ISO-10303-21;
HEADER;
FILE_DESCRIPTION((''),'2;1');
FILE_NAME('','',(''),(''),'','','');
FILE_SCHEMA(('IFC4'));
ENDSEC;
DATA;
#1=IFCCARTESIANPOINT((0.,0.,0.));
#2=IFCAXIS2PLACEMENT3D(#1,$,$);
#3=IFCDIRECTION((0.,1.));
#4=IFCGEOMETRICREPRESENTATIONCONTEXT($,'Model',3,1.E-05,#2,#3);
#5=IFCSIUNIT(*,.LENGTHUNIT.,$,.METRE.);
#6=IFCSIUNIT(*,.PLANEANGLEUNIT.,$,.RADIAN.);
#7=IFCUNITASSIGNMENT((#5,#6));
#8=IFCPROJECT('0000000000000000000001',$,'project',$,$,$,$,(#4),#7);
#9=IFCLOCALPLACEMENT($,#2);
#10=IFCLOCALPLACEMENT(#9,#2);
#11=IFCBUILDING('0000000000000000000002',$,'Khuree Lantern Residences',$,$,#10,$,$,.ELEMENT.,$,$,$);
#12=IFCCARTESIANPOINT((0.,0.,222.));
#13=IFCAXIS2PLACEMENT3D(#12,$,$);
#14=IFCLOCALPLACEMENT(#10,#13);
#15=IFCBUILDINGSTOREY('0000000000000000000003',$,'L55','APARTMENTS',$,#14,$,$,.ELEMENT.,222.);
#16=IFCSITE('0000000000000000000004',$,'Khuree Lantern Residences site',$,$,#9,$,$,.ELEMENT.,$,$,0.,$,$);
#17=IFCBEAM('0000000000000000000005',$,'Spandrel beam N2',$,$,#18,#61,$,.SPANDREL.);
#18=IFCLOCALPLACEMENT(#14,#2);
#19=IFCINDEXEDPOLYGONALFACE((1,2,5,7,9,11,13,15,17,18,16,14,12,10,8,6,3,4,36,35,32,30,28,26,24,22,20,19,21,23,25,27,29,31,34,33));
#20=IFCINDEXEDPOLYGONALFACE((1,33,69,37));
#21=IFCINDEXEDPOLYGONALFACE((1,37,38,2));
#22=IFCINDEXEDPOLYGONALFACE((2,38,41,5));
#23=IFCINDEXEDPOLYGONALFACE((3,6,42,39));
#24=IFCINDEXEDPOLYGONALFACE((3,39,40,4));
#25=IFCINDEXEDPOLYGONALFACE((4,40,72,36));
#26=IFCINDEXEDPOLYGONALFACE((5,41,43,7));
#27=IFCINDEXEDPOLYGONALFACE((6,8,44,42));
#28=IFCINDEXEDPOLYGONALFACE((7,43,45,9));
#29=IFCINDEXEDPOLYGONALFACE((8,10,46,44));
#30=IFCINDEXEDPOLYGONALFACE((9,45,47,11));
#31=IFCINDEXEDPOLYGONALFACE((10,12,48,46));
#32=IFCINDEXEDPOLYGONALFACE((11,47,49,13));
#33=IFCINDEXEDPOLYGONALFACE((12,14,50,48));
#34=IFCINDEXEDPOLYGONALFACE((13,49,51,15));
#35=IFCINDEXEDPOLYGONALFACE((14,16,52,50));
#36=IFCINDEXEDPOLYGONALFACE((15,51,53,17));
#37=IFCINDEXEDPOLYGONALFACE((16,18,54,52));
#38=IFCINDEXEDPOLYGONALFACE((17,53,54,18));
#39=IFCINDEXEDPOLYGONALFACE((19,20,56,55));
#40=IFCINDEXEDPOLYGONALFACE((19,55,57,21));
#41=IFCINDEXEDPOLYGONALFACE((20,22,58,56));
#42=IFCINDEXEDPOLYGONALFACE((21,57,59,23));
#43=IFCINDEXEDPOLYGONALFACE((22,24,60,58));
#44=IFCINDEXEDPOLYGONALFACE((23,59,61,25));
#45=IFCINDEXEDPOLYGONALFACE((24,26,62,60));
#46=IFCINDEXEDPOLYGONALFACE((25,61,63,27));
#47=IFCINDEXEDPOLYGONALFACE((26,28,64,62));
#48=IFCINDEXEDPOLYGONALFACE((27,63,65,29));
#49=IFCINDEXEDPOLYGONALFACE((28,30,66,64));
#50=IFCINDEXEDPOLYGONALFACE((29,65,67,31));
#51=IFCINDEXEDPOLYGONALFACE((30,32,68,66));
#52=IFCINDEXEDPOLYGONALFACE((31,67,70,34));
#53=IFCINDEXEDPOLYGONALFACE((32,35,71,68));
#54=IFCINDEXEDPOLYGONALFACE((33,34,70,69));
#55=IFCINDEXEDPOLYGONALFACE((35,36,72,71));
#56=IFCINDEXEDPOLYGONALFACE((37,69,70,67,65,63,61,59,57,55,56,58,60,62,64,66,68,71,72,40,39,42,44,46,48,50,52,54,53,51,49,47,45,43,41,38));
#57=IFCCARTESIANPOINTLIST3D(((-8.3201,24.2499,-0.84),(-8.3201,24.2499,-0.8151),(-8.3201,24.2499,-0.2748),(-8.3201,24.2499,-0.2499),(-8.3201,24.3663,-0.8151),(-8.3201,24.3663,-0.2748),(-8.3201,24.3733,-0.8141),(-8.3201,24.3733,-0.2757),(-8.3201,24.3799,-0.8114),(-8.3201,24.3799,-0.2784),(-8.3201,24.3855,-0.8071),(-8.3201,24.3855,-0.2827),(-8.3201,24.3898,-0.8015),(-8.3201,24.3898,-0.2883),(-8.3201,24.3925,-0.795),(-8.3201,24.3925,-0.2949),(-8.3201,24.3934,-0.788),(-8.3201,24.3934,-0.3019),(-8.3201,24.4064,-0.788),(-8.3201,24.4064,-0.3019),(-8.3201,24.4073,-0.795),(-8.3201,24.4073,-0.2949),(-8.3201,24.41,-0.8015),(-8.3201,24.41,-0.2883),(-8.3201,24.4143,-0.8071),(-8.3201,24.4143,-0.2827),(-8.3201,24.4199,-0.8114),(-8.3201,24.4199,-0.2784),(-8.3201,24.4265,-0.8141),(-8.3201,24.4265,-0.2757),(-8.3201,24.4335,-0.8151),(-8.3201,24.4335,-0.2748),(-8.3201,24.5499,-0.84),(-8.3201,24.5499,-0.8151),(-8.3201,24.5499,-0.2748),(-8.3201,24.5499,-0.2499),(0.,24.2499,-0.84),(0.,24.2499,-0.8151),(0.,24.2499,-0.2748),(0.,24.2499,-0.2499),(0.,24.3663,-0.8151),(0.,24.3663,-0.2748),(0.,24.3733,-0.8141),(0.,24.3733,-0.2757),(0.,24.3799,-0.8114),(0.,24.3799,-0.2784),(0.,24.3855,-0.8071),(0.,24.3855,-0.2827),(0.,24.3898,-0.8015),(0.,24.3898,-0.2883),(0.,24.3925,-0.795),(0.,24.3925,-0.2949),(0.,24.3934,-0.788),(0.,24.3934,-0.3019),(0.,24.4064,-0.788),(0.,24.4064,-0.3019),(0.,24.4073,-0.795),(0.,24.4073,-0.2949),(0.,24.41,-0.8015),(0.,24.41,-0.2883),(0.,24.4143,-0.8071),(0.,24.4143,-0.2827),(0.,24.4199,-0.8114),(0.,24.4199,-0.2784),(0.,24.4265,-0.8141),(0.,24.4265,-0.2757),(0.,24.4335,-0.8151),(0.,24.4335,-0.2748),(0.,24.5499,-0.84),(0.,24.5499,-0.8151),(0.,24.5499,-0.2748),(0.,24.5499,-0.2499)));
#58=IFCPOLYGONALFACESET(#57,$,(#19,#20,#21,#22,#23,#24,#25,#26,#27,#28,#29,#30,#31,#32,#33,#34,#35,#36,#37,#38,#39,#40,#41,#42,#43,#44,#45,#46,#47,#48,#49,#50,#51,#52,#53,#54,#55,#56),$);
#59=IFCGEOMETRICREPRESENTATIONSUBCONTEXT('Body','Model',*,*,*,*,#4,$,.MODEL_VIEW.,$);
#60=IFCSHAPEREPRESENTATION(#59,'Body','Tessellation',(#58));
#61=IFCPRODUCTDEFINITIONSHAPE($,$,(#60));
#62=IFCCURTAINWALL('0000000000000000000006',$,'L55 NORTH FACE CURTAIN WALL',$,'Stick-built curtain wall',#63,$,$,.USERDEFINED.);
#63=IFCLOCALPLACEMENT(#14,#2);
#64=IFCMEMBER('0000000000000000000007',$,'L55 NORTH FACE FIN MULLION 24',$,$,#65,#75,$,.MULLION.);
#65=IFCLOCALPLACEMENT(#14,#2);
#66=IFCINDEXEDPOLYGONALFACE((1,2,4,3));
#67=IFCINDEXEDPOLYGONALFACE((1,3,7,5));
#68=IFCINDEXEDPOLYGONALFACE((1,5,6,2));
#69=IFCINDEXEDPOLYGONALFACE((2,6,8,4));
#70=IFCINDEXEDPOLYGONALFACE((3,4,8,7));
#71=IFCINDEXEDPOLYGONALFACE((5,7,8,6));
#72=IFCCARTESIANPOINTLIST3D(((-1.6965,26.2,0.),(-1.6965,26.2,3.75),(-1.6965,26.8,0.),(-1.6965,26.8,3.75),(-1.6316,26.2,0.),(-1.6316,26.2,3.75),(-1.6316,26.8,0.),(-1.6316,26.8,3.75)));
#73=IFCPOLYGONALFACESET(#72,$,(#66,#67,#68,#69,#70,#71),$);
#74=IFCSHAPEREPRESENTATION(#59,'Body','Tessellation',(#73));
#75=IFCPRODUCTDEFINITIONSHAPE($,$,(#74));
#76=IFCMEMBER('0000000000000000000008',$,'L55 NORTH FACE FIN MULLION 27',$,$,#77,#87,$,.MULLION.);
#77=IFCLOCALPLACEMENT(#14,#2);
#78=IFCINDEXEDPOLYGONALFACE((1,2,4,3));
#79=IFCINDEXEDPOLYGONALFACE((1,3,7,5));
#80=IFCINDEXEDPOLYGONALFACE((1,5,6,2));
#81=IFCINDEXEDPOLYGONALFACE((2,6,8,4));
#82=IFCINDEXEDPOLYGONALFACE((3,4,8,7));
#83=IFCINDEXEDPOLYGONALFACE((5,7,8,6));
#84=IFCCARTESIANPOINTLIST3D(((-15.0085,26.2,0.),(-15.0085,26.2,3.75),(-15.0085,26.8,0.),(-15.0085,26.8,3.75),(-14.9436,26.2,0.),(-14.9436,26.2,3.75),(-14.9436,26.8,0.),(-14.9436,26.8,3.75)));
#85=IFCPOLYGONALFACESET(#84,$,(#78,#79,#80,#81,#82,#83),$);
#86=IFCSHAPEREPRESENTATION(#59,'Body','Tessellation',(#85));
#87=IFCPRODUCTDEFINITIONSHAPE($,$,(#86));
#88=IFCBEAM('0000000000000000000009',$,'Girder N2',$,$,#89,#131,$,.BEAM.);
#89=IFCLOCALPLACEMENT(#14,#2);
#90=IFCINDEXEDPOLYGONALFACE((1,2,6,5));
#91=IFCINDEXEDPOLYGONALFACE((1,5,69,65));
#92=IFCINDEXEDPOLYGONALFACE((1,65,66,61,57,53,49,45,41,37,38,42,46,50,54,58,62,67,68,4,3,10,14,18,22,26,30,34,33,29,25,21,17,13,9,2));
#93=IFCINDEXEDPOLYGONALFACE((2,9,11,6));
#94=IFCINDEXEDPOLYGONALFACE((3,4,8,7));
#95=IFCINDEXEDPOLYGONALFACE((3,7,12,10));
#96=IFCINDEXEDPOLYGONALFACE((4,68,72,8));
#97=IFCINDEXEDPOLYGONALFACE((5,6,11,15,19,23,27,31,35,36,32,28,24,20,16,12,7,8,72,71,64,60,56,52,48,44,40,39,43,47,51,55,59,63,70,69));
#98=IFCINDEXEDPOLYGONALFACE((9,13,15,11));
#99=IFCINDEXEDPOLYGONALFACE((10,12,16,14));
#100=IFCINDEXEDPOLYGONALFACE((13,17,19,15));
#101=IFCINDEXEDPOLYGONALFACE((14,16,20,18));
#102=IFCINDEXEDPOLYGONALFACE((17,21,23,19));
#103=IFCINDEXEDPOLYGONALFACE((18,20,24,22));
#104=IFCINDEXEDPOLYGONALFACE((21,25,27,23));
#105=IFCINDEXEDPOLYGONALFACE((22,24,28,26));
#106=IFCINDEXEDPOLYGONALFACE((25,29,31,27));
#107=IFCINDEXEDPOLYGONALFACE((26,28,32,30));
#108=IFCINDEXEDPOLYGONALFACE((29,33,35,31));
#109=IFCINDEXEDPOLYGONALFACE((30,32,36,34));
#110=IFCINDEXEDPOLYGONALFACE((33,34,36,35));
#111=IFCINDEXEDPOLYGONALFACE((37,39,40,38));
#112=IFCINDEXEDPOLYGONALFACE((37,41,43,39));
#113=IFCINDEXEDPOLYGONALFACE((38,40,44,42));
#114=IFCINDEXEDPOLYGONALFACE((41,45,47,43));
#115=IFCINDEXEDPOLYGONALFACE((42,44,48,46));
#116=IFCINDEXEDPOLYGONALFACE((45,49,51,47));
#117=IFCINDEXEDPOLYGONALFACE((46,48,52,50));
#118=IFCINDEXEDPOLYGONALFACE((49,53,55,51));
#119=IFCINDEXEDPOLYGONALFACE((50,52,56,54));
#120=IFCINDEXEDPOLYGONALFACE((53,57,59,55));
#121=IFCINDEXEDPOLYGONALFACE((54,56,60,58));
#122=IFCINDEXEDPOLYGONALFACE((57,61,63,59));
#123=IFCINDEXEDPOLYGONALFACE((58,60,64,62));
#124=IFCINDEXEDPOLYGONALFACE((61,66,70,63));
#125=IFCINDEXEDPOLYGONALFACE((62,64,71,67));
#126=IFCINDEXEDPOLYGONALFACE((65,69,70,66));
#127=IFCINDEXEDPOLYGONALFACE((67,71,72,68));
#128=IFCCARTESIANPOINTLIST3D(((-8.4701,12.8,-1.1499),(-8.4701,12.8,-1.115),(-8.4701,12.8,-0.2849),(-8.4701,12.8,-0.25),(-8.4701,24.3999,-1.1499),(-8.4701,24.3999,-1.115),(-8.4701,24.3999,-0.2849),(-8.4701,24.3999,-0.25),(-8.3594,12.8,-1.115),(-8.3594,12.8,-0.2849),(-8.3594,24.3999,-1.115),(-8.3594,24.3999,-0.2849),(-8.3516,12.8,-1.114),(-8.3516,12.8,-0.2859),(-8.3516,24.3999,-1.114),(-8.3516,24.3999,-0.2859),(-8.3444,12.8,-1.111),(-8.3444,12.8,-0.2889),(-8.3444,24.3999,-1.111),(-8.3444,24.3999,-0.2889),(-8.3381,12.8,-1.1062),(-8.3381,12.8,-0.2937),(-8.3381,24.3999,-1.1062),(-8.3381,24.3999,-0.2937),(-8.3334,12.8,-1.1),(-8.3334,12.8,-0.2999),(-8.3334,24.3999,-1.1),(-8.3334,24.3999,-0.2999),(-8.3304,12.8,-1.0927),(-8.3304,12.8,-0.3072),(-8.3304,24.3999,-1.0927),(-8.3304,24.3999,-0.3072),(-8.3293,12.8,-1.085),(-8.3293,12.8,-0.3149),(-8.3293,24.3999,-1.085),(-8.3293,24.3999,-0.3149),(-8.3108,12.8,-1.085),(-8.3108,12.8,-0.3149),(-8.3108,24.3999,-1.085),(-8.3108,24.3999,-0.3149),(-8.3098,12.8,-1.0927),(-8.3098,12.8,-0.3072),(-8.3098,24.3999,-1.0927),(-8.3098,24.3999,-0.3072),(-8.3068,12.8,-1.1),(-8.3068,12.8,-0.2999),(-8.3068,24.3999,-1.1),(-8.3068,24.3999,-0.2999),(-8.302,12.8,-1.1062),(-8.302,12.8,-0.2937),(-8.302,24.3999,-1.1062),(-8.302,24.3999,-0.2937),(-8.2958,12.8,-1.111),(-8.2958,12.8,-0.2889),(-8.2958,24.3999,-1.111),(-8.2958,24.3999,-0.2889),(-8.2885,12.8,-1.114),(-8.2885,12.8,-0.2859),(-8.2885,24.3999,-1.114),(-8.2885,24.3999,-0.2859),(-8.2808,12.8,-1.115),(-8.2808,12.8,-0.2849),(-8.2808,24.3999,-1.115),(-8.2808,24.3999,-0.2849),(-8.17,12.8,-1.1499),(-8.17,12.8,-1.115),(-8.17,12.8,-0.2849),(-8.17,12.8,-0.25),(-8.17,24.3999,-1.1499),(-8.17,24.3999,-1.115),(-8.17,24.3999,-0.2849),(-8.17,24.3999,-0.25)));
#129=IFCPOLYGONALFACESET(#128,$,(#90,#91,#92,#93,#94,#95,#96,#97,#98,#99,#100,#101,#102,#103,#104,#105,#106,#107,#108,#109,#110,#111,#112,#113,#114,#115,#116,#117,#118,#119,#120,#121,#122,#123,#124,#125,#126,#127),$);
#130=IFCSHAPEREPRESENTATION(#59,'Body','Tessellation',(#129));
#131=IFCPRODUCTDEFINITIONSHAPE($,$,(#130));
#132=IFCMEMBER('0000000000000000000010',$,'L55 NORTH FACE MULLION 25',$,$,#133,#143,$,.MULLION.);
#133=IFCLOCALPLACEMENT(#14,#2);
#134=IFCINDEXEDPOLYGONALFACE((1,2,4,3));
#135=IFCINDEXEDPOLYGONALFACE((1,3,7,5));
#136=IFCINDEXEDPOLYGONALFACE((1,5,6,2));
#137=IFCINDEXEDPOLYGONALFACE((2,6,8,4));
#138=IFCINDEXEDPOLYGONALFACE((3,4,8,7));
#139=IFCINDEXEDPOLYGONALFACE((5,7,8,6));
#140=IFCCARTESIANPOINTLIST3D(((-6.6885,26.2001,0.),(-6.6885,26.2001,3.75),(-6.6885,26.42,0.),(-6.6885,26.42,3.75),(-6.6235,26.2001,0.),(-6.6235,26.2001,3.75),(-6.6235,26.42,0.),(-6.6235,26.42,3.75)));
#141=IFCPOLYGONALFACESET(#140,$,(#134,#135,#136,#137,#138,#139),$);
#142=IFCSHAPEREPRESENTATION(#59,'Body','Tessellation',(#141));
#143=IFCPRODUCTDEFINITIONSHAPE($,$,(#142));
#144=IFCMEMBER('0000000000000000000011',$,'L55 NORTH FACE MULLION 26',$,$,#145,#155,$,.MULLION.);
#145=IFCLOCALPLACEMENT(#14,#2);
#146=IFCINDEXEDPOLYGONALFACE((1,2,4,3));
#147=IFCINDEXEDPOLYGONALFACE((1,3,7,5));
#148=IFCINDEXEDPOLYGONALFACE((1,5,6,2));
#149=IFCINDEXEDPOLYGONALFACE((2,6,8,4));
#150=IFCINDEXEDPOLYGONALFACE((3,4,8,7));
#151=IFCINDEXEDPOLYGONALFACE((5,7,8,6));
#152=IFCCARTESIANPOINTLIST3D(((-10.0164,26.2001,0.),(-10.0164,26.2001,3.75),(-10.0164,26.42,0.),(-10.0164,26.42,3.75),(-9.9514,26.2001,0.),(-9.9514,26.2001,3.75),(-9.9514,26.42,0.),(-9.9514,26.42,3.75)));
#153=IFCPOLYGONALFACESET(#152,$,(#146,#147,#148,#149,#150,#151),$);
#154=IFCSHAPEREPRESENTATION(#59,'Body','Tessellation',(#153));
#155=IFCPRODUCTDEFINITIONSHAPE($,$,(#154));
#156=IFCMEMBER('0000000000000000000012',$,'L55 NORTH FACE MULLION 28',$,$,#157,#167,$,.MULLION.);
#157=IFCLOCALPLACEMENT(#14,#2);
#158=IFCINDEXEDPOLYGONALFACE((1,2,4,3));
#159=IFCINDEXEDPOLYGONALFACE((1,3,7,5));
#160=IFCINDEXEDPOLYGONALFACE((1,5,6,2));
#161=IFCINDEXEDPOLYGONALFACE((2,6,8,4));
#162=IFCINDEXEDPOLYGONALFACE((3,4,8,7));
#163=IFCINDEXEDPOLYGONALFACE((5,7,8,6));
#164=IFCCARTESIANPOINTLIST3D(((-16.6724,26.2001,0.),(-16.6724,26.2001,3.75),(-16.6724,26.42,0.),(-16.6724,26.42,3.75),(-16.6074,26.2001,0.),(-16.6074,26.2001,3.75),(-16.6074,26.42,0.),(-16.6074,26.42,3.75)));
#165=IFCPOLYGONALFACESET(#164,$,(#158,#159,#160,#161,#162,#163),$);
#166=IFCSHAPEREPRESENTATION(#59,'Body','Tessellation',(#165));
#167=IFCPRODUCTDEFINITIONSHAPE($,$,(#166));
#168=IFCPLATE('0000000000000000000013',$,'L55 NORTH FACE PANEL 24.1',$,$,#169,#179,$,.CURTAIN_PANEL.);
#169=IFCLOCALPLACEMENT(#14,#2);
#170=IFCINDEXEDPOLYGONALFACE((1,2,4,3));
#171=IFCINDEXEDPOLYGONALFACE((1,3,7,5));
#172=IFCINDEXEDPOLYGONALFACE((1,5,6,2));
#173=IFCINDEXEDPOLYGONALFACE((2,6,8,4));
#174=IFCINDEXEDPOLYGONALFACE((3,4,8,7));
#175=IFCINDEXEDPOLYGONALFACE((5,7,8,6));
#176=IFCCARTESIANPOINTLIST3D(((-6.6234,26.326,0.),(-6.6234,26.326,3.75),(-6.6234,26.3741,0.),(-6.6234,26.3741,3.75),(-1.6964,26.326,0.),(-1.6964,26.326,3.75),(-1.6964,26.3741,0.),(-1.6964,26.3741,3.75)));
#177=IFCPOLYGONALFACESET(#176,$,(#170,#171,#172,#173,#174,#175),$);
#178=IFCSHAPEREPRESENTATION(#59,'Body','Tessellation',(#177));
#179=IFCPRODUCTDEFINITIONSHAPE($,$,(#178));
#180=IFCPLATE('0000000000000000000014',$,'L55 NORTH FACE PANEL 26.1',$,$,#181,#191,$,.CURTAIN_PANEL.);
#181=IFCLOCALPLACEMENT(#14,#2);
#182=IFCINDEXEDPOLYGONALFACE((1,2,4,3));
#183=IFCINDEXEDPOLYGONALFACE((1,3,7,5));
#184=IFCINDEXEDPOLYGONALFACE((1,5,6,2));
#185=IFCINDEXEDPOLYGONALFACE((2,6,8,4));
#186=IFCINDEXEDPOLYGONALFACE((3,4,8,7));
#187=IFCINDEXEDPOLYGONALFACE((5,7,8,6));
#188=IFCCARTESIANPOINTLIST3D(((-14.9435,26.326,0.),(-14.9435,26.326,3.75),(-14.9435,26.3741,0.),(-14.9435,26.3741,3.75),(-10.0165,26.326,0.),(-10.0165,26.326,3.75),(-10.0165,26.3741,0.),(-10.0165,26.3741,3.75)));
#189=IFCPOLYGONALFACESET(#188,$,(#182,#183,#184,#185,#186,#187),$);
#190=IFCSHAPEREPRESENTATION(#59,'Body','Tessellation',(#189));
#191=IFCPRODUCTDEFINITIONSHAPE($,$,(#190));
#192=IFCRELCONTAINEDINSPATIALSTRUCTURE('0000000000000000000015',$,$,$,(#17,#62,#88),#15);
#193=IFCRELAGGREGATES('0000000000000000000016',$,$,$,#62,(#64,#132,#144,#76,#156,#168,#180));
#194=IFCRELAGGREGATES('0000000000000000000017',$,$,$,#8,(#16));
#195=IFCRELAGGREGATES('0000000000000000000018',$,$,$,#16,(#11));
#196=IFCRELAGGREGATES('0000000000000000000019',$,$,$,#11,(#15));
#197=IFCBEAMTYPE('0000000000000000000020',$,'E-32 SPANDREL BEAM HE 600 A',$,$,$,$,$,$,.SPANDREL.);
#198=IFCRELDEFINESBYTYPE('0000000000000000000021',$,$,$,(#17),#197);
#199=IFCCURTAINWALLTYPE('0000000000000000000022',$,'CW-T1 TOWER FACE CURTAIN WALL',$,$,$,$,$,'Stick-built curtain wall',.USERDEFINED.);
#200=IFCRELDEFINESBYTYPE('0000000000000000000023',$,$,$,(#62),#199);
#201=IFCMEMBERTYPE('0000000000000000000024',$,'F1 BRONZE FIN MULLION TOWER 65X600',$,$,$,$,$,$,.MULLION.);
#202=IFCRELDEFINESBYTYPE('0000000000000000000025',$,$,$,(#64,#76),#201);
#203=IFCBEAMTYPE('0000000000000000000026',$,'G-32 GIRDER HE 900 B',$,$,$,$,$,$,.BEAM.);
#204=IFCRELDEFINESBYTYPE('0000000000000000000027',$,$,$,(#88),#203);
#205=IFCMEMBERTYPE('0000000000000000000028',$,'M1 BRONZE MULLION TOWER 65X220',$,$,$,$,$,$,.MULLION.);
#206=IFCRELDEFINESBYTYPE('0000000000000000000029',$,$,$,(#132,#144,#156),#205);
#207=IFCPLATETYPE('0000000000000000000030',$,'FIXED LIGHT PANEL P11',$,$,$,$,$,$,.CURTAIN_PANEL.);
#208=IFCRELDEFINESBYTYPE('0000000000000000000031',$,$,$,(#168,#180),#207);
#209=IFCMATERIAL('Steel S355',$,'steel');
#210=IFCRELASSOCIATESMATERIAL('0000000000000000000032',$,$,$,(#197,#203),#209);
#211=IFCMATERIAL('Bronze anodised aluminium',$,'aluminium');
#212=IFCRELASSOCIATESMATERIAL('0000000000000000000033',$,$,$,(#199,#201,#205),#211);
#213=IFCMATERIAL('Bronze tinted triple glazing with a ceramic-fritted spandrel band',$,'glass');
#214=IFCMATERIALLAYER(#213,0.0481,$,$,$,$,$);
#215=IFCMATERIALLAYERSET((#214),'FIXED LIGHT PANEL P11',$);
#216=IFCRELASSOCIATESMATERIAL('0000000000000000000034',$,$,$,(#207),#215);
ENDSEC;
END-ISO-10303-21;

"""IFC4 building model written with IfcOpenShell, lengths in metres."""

from ifc_helpers import new_model, si_unit, direction, frame, origin, origin_2d, place, context, subcontext, project, spatial, rectangle, i_section, extrude, material, layer, layer_set, material_profile, profile_set, type_object, element, aggregate, save


model = new_model("IFC4")

# Units and contexts
model_context = context("Model", 3, precision=1e-05, world=origin(), true_north=direction((0.0, 1.0)))
body_context = subcontext(model_context, "Body", "Model", "MODEL_VIEW")
ifc_project = project(units=[si_unit("LENGTHUNIT", "METRE"), si_unit("PLANEANGLEUNIT", "RADIAN")], contexts=[model_context])

# Site, building, storey
site_placement = place(None, origin())
site = spatial("IfcSite", under=ifc_project, at=site_placement, Name="Khuree Lantern Residences site", CompositionType="ELEMENT", RefElevation=0.0)
building_placement = place(site_placement, origin())
building = spatial("IfcBuilding", under=site, at=building_placement, Name="Khuree Lantern Residences", CompositionType="ELEMENT")
storey_placement = place(building_placement, frame((0.0, 0.0, 222.0)))
storey = spatial("IfcBuildingStorey", under=building, at=storey_placement, Name="L55", Description="APARTMENTS", CompositionType="ELEMENT", Elevation=222.0)

# Beam
ifc_material_1 = material(Name="Steel S355", Category="steel")
ifc_material_profile_1 = material_profile(ifc_material_1, i_section(OverallWidth=0.3, OverallDepth=0.5901, WebThickness=0.0129, FlangeThickness=0.0249, FilletRadius=0.0271, at=origin_2d()), Name="HE 600 A")
ifc_profile_set_1 = profile_set([ifc_material_profile_1], Name="Steel S355")
beam_type_1 = type_object("IfcBeamType", Name="E-32 SPANDREL BEAM HE 600 A", PredefinedType="SPANDREL", material=ifc_profile_set_1)
beam_1_placement = place(storey_placement, frame((-8.3201, 24.3999, -0.5449), z_axis=(1.0, 0.0, 0.0), x_axis=(0.0, 1.0, 0.0)))
element("IfcBeam", 1, at=beam_1_placement, inside=storey, type_object=beam_type_1, Name="Spandrel beam N2", PredefinedType="SPANDREL", context=body_context, shape_type="SweptSolid", body=[
    extrude(i_section(OverallWidth=0.3, OverallDepth=0.5901, WebThickness=0.0129, FlangeThickness=0.0249, FilletRadius=0.0271, at=origin_2d()), origin(), (0.0, 0.0, 1.0), 8.3201),
])

# Curtain wall, members
ifc_material_2 = material(Name="Bronze anodised aluminium", Category="aluminium")
curtain_wall_type = type_object("IfcCurtainWallType", Name="CW-T1 TOWER FACE CURTAIN WALL", ElementType="Stick-built curtain wall", PredefinedType="USERDEFINED", material=ifc_material_2)
curtain_wall_placement = place(storey_placement, origin())
curtain_wall = element("IfcCurtainWall", 2, at=curtain_wall_placement, inside=storey, type_object=curtain_wall_type, Name="L55 NORTH FACE CURTAIN WALL", ObjectType="Stick-built curtain wall", PredefinedType="USERDEFINED")
ifc_material_profile_2 = material_profile(ifc_material_2, rectangle(XDim=0.0649, YDim=0.6001, at=origin_2d()), Name="F1 65X600")
ifc_profile_set_2 = profile_set([ifc_material_profile_2], Name="Bronze anodised aluminium")
member_type_1 = type_object("IfcMemberType", Name="F1 BRONZE FIN MULLION TOWER 65X600", PredefinedType="MULLION", material=ifc_profile_set_2)
member_1_placement = place(storey_placement, frame((-1.6641, 26.5, 0.0), z_axis=(0.0, 0.0, 1.0), x_axis=(-1.0, 0.0, 0.0)))
member_1 = element("IfcMember", 3, at=member_1_placement, type_object=member_type_1, Name="L55 NORTH FACE FIN MULLION 24", PredefinedType="MULLION", context=body_context, shape_type="SweptSolid", body=[
    extrude(rectangle(XDim=0.0649, YDim=0.6001, at=origin_2d()), origin(), (0.0, 0.0, 1.0), 3.75),
])
member_2_placement = place(storey_placement, frame((-14.9761, 26.5, 0.0), z_axis=(0.0, 0.0, 1.0), x_axis=(-1.0, 0.0, 0.0)))
member_2 = element("IfcMember", 4, at=member_2_placement, type_object=member_type_1, Name="L55 NORTH FACE FIN MULLION 27", PredefinedType="MULLION", context=body_context, shape_type="SweptSolid", body=[
    extrude(rectangle(XDim=0.0649, YDim=0.6001, at=origin_2d()), origin(), (0.0, 0.0, 1.0), 3.75),
])

# Beam
ifc_material_profile_3 = material_profile(ifc_material_1, i_section(OverallWidth=0.3, OverallDepth=0.8999, WebThickness=0.0186, FlangeThickness=0.0349, FilletRadius=0.03, at=origin_2d()), Name="HE 900 B")
ifc_profile_set_3 = profile_set([ifc_material_profile_3], Name="Steel S355")
beam_type_2 = type_object("IfcBeamType", Name="G-32 GIRDER HE 900 B", PredefinedType="BEAM", material=ifc_profile_set_3)
beam_2_placement = place(storey_placement, frame((-8.3201, 24.3999, -0.7), z_axis=(0.0, -1.0, 0.0), x_axis=(1.0, 0.0, 0.0)))
element("IfcBeam", 5, at=beam_2_placement, inside=storey, type_object=beam_type_2, Name="Girder N2", PredefinedType="BEAM", context=body_context, shape_type="SweptSolid", body=[
    extrude(i_section(OverallWidth=0.3, OverallDepth=0.8999, WebThickness=0.0186, FlangeThickness=0.0349, FilletRadius=0.03, at=origin_2d()), origin(), (0.0, 0.0, 1.0), 11.5999),
])

# Members
ifc_material_profile_4 = material_profile(ifc_material_2, rectangle(XDim=0.0649, YDim=0.22, at=origin_2d()), Name="M1 65X220")
ifc_profile_set_4 = profile_set([ifc_material_profile_4], Name="Bronze anodised aluminium")
member_type_2 = type_object("IfcMemberType", Name="M1 BRONZE MULLION TOWER 65X220", PredefinedType="MULLION", material=ifc_profile_set_4)
member_3_placement = place(storey_placement, frame((-6.656, 26.3101, 0.0), z_axis=(0.0, 0.0, 1.0), x_axis=(-1.0, 0.0, 0.0)))
member_3 = element("IfcMember", 6, at=member_3_placement, type_object=member_type_2, Name="L55 NORTH FACE MULLION 25", PredefinedType="MULLION", context=body_context, shape_type="SweptSolid", body=[
    extrude(rectangle(XDim=0.0649, YDim=0.22, at=origin_2d()), origin(), (0.0, 0.0, 1.0), 3.75),
])
member_4_placement = place(storey_placement, frame((-9.9839, 26.3101, 0.0), z_axis=(0.0, 0.0, 1.0), x_axis=(-1.0, 0.0, 0.0)))
member_4 = element("IfcMember", 7, at=member_4_placement, type_object=member_type_2, Name="L55 NORTH FACE MULLION 26", PredefinedType="MULLION", context=body_context, shape_type="SweptSolid", body=[
    extrude(rectangle(XDim=0.0649, YDim=0.22, at=origin_2d()), origin(), (0.0, 0.0, 1.0), 3.75),
])
member_5_placement = place(storey_placement, frame((-16.6399, 26.3101, 0.0), z_axis=(0.0, 0.0, 1.0), x_axis=(-1.0, 0.0, 0.0)))
member_5 = element("IfcMember", 8, at=member_5_placement, type_object=member_type_2, Name="L55 NORTH FACE MULLION 28", PredefinedType="MULLION", context=body_context, shape_type="SweptSolid", body=[
    extrude(rectangle(XDim=0.0649, YDim=0.22, at=origin_2d()), origin(), (0.0, 0.0, 1.0), 3.75),
])

# Plates
ifc_material_3 = material(Name="Bronze tinted triple glazing with a ceramic-fritted spandrel band", Category="glass")
ifc_layer_1 = layer(ifc_material_3, 0.0481)
ifc_layer_set_1 = layer_set([ifc_layer_1], Name="FIXED LIGHT PANEL P11")
plate_type_1 = type_object("IfcPlateType", Name="FIXED LIGHT PANEL P11", PredefinedType="CURTAIN_PANEL", material=ifc_layer_set_1)
plate_1_placement = place(storey_placement, frame((-4.1599, 26.3501, 0.0), z_axis=(0.0, 0.0, 1.0), x_axis=(-1.0, 0.0, 0.0)))
plate_1 = element("IfcPlate", 9, at=plate_1_placement, type_object=plate_type_1, Name="L55 NORTH FACE PANEL 24.1", PredefinedType="CURTAIN_PANEL", context=body_context, shape_type="SweptSolid", body=[
    extrude(rectangle(XDim=4.927, YDim=0.0481, at=origin_2d()), origin(), (0.0, 0.0, 1.0), 3.75),
])
plate_2_placement = place(storey_placement, frame((-12.48, 26.3501, 0.0), z_axis=(0.0, 0.0, 1.0), x_axis=(-1.0, 0.0, 0.0)))
plate_2 = element("IfcPlate", 10, at=plate_2_placement, type_object=plate_type_1, Name="L55 NORTH FACE PANEL 26.1", PredefinedType="CURTAIN_PANEL", context=body_context, shape_type="SweptSolid", body=[
    extrude(rectangle(XDim=4.927, YDim=0.0481, at=origin_2d()), origin(), (0.0, 0.0, 1.0), 3.75),
])
aggregate(curtain_wall, [member_1, member_3, member_4, member_2, member_5, plate_1, plate_2])

save(model, "model.ifc")
